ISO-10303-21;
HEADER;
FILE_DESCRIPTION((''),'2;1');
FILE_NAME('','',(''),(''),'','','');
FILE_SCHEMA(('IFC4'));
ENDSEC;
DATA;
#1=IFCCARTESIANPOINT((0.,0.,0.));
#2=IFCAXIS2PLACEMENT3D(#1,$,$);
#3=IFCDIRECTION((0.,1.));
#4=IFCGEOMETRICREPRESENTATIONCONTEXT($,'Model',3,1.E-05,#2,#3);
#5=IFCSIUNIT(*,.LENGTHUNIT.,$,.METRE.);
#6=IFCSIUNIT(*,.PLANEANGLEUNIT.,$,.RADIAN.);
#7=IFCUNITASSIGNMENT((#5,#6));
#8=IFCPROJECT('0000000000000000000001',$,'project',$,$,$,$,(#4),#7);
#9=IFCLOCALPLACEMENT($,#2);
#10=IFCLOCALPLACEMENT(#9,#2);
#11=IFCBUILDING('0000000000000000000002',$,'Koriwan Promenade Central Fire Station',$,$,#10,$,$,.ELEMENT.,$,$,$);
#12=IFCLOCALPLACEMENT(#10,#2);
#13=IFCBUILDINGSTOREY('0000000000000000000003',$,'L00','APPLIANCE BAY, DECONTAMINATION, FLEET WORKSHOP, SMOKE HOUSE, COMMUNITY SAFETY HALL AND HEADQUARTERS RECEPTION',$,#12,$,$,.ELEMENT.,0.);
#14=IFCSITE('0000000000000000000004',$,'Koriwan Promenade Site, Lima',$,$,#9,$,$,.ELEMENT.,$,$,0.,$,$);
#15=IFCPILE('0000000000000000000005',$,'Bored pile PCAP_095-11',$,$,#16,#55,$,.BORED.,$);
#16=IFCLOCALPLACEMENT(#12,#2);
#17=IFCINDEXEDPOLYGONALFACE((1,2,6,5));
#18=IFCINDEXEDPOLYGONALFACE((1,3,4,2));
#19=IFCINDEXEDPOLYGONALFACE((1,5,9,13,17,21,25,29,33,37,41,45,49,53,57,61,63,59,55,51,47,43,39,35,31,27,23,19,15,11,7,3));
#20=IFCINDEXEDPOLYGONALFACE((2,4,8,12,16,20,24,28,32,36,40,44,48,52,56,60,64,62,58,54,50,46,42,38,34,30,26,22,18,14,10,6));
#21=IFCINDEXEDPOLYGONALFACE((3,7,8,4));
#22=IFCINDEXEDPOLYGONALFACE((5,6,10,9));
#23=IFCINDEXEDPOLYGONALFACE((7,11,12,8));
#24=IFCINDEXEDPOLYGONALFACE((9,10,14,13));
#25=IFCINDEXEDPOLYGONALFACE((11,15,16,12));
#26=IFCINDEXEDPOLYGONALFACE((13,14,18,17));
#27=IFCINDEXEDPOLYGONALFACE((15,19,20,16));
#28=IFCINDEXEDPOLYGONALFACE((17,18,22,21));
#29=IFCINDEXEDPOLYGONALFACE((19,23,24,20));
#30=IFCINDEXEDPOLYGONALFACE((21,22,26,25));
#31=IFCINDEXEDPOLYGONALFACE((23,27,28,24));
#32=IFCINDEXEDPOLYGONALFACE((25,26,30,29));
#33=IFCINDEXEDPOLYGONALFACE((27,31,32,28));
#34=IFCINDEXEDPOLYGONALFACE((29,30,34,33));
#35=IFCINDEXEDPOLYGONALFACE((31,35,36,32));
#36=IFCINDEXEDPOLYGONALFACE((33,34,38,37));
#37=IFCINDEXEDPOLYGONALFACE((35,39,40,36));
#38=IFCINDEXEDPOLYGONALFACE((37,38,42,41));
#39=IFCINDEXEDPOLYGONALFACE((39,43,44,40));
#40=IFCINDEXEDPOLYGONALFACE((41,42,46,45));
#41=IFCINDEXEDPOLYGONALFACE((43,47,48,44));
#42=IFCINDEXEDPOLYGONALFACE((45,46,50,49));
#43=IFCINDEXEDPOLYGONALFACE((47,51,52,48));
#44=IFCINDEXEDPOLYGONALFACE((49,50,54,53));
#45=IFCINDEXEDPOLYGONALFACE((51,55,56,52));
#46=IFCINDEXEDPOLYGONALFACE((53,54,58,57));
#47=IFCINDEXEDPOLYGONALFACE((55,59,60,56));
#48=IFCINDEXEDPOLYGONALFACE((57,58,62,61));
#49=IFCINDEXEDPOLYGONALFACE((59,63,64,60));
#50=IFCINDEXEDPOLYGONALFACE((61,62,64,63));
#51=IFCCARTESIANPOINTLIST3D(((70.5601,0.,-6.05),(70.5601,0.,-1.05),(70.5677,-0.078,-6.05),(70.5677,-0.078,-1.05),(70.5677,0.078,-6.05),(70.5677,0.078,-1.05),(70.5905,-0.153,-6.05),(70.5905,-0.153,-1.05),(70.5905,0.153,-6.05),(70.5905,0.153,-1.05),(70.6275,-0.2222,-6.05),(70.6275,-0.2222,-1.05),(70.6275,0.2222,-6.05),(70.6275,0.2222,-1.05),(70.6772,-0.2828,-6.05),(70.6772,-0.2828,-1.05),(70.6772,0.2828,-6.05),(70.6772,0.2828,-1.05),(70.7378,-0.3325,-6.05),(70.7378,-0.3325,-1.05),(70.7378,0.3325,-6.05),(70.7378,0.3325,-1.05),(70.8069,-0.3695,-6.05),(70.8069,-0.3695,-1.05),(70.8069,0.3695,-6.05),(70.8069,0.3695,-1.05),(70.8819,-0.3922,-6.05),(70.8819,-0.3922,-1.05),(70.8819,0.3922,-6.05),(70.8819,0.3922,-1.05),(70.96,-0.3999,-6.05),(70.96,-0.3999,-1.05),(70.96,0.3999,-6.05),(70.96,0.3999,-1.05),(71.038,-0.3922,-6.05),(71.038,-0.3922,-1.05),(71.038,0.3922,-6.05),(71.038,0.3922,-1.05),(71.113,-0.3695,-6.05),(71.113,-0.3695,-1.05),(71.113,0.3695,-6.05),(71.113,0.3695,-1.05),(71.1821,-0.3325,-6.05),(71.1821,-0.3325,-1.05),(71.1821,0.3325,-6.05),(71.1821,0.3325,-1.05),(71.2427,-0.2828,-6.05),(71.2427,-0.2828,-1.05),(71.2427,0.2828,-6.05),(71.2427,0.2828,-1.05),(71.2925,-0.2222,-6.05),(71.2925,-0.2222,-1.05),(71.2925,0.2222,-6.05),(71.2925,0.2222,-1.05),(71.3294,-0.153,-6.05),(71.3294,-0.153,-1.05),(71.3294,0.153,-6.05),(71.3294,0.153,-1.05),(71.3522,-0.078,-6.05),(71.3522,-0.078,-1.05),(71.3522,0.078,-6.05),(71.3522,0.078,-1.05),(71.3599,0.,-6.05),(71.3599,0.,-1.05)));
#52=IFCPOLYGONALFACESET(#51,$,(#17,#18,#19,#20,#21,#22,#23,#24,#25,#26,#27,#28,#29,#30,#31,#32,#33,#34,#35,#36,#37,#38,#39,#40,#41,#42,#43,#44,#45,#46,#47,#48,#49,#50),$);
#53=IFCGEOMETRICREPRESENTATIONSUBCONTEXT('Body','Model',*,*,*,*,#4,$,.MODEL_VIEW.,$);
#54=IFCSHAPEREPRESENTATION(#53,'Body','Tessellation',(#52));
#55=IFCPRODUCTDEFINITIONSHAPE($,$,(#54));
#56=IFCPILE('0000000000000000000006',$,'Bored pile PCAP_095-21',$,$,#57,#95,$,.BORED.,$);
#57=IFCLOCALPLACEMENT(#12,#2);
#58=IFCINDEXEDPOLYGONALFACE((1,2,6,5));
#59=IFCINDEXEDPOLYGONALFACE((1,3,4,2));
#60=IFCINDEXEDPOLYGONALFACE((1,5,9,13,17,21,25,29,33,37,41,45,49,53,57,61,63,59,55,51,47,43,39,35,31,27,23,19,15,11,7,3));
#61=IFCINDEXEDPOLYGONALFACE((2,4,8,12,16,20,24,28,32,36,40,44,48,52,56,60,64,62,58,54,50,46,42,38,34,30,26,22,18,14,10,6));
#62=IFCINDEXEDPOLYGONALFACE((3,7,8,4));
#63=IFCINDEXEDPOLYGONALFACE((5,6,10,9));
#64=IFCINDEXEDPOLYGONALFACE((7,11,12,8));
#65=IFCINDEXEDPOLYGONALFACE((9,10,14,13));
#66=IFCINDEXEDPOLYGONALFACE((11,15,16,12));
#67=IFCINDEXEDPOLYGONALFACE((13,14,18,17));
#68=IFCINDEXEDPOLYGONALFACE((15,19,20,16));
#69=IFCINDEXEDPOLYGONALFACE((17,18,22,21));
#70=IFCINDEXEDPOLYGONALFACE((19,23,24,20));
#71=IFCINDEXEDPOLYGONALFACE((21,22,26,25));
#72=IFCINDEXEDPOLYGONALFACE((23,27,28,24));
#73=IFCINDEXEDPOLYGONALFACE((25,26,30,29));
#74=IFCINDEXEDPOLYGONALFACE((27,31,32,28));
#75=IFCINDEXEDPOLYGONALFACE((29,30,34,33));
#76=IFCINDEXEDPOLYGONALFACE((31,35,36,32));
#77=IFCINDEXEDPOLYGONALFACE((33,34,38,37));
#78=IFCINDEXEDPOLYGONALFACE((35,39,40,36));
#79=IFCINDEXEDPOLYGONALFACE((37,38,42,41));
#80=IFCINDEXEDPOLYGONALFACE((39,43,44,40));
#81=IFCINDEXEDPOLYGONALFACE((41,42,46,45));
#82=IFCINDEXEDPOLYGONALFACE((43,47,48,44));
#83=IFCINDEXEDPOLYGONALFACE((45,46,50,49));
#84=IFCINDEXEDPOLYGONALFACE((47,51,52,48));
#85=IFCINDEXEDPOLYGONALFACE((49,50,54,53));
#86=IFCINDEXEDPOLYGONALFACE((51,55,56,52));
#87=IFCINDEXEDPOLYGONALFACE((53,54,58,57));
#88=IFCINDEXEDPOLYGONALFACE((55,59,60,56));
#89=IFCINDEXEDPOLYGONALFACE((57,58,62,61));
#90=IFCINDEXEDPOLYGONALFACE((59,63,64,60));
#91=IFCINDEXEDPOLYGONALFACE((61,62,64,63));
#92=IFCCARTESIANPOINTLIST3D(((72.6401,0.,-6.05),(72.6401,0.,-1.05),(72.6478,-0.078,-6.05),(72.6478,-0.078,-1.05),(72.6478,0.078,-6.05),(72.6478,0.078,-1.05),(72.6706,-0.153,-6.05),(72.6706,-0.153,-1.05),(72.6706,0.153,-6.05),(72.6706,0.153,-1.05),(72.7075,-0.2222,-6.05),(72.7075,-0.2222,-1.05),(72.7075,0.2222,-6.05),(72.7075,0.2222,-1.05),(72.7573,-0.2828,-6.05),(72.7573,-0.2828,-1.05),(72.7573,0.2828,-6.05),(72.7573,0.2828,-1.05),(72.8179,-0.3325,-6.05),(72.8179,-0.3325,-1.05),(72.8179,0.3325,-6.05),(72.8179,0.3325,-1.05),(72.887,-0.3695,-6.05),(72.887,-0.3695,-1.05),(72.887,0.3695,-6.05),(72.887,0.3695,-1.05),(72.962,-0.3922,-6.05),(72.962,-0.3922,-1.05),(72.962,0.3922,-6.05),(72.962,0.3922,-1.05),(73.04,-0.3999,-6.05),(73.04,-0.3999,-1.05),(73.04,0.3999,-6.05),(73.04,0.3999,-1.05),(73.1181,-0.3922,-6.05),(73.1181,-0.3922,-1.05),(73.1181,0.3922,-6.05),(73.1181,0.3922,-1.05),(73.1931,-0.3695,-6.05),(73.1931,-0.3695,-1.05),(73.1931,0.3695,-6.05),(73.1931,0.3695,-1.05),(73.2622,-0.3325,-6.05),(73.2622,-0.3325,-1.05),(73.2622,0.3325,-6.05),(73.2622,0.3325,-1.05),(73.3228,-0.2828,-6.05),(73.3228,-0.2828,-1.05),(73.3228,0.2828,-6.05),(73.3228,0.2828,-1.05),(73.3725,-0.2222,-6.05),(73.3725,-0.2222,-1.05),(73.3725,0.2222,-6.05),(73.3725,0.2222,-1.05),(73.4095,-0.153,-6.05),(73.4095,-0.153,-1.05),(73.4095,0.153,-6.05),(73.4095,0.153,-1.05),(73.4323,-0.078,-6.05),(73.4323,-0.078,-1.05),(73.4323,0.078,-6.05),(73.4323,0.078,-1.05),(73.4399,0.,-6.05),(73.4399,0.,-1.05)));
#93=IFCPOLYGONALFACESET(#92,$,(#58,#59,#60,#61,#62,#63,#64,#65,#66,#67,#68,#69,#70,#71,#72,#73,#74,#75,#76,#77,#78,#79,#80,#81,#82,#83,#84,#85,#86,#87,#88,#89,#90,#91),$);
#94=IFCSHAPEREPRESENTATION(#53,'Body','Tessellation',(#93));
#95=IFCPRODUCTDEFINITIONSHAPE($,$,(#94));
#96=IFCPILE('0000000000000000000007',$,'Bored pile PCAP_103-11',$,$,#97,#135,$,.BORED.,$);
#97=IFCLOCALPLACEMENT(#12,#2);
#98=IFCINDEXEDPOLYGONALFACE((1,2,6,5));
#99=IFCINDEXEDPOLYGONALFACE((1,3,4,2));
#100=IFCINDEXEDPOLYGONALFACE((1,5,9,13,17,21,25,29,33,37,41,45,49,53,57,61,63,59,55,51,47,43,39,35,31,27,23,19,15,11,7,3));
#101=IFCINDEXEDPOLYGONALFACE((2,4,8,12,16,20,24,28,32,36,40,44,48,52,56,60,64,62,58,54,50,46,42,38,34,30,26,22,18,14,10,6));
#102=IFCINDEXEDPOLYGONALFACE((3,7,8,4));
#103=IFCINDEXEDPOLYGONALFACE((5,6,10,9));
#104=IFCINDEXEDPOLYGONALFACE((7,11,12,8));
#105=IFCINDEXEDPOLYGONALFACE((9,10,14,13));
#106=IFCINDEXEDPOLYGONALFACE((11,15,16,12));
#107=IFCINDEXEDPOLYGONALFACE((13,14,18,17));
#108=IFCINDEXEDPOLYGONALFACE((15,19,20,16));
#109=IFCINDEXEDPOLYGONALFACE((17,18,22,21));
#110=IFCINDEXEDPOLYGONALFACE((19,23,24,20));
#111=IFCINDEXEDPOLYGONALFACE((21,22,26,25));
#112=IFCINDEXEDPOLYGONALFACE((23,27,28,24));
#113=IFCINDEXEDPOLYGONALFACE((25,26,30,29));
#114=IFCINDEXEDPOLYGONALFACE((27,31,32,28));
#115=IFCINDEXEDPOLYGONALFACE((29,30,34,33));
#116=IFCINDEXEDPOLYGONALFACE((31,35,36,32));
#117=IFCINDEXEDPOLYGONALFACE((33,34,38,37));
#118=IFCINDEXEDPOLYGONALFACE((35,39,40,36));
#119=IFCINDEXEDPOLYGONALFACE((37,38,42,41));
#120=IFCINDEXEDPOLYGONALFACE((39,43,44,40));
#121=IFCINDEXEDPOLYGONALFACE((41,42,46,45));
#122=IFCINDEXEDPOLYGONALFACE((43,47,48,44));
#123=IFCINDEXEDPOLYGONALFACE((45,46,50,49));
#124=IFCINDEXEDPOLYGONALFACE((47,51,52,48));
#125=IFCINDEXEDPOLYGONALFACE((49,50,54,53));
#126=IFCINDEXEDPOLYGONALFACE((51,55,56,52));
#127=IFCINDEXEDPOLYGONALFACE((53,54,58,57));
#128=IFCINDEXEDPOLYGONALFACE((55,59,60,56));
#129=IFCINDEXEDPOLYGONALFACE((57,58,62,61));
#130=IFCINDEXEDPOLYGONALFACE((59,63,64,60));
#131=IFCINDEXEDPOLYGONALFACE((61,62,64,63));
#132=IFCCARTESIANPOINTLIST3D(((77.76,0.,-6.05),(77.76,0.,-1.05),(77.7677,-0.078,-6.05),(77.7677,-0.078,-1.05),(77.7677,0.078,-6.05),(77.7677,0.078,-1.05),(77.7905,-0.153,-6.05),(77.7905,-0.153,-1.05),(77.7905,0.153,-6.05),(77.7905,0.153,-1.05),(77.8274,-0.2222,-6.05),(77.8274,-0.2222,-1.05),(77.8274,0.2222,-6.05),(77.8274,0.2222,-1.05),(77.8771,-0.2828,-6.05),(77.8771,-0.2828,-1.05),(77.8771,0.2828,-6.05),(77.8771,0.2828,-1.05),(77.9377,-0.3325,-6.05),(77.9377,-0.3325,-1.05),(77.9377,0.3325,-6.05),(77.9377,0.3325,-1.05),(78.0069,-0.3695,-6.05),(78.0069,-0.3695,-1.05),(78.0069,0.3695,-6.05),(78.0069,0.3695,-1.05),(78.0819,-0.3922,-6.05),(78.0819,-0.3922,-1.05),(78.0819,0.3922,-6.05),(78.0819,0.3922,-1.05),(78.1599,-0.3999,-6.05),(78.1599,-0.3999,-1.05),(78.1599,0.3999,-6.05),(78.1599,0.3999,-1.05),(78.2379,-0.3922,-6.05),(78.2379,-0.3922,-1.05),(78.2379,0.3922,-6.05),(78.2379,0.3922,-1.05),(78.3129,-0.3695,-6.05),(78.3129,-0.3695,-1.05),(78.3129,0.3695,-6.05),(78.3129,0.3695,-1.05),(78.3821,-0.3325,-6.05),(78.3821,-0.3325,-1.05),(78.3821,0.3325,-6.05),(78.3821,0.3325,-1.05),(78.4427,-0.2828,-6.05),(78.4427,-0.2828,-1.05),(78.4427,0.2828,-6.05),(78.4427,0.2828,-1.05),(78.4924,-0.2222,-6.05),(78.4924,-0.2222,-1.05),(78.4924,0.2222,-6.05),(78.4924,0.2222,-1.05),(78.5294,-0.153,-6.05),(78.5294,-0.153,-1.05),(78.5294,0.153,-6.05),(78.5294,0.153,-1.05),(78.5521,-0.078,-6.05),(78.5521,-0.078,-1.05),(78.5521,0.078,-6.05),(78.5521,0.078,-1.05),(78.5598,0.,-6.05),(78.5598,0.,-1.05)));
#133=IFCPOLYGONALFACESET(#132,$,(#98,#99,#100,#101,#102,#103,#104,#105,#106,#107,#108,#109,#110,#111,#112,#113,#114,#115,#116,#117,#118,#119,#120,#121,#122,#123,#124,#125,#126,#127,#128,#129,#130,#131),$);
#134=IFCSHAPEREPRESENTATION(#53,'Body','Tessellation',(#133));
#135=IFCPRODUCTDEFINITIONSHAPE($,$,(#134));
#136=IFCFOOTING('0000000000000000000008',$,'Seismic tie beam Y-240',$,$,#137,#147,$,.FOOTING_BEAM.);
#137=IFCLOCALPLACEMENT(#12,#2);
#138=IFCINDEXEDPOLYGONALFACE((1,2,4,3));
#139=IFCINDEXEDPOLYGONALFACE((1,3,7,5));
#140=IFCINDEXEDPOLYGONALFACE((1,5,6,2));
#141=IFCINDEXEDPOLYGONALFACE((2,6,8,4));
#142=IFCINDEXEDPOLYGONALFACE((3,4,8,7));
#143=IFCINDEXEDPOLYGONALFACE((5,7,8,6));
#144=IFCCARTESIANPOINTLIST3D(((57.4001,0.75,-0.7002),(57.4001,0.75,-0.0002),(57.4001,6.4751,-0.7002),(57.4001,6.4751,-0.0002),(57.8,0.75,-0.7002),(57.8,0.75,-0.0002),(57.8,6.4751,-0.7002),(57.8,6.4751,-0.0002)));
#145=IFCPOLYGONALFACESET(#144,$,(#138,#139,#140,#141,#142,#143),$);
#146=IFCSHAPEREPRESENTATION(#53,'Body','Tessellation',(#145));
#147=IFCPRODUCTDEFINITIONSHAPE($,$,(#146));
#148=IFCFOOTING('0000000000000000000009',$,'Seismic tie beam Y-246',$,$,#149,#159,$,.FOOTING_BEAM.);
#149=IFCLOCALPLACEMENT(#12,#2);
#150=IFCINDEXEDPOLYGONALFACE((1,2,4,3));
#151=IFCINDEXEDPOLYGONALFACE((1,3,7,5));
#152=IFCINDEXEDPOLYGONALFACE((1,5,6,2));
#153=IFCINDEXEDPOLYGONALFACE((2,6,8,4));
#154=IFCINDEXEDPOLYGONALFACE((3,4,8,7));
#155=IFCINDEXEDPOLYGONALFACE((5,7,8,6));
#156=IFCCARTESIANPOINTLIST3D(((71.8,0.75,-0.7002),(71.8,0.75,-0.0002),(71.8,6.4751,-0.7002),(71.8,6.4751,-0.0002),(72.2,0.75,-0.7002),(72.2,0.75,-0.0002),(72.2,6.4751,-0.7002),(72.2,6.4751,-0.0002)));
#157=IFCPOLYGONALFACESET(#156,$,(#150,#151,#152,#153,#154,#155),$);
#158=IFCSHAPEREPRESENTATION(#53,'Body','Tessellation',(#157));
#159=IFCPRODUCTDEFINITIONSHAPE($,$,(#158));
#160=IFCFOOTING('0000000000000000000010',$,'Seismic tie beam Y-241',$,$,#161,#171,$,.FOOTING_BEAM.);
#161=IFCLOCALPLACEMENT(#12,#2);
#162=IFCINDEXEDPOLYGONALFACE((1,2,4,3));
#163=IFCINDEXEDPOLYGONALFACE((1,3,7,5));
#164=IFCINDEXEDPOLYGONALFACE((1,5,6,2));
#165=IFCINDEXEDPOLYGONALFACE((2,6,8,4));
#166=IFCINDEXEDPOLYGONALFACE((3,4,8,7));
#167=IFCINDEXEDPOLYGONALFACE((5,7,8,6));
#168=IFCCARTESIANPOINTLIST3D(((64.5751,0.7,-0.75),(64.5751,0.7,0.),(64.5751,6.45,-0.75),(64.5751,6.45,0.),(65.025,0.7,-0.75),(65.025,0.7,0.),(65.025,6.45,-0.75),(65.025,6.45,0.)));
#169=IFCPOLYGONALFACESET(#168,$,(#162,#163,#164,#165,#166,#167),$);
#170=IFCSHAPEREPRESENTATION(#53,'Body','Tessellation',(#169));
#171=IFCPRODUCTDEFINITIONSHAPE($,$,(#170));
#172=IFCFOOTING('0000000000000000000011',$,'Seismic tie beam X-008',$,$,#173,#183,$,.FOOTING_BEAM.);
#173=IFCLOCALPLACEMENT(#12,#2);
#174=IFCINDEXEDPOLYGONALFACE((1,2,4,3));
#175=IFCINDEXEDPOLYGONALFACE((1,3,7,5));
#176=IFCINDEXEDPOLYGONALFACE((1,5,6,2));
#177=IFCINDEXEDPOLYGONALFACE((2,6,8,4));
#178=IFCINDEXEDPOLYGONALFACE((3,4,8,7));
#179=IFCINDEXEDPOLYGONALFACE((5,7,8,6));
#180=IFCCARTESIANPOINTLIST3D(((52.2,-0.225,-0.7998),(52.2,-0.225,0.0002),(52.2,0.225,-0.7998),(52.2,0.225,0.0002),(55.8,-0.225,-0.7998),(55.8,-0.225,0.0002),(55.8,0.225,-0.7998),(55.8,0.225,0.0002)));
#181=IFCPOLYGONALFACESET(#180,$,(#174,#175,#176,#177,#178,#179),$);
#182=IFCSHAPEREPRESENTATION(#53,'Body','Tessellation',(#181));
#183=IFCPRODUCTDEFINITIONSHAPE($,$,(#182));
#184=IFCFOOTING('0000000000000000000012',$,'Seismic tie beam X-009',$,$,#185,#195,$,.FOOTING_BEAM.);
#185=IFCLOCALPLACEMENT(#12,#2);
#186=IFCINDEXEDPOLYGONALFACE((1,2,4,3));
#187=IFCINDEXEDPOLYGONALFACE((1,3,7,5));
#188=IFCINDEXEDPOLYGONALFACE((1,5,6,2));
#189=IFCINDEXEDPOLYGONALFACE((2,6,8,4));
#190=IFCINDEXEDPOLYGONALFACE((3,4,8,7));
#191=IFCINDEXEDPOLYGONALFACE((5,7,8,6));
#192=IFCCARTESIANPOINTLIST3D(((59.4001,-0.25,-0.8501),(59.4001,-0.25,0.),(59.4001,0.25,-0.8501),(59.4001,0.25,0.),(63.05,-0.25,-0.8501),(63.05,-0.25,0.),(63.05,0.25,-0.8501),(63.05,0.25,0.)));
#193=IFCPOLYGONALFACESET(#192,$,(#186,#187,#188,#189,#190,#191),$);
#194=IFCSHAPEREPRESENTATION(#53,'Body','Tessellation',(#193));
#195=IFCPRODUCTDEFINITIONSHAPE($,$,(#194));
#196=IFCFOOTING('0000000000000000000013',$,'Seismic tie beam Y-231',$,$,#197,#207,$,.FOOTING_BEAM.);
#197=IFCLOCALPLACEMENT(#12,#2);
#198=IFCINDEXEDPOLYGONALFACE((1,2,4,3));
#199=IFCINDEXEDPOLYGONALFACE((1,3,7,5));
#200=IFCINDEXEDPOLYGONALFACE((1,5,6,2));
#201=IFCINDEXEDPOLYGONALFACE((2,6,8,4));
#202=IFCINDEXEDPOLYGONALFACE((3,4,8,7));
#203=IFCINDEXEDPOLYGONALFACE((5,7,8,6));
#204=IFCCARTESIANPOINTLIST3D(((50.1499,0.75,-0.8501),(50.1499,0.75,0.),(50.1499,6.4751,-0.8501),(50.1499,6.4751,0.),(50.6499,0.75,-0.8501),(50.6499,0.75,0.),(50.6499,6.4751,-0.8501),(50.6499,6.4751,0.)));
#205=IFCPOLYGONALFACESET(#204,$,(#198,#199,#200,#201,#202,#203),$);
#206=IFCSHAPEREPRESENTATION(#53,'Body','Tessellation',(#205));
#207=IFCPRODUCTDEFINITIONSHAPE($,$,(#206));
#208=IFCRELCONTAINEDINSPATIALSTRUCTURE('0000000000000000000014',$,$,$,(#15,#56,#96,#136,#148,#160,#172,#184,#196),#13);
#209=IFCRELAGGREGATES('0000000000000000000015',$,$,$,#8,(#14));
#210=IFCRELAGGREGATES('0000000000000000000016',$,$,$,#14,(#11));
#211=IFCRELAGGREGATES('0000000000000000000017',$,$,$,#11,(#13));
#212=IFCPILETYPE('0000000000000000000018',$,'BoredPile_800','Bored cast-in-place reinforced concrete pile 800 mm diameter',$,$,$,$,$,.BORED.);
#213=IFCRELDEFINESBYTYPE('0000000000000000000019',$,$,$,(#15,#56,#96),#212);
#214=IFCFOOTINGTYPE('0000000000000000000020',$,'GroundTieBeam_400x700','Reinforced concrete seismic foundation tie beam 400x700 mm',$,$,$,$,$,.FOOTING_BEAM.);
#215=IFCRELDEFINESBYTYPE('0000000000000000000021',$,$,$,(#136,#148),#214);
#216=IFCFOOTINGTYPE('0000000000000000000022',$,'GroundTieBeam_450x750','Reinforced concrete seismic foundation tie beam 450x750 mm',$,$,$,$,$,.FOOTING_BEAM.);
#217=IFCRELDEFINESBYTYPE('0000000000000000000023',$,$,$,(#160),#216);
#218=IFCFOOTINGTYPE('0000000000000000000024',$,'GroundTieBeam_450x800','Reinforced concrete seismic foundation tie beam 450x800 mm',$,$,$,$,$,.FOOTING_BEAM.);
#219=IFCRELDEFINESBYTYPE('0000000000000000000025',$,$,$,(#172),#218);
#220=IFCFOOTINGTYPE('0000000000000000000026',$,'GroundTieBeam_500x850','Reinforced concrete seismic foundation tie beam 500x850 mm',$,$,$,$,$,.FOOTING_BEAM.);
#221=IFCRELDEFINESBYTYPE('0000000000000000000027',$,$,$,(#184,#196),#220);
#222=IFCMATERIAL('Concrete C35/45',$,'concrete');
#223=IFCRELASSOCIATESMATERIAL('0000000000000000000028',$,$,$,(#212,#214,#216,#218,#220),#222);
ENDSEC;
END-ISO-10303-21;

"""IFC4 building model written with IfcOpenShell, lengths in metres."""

from ifc_helpers import new_model, si_unit, direction, frame, origin, origin_2d, place, context, subcontext, project, spatial, rectangle, circle, extrude, material, material_profile, profile_set, type_object, element, save


model = new_model("IFC4")

# Units and contexts
model_context = context("Model", 3, precision=1e-05, world=origin(), true_north=direction((0.0, 1.0)))
body_context = subcontext(model_context, "Body", "Model", "MODEL_VIEW")
ifc_project = project(units=[si_unit("LENGTHUNIT", "METRE"), si_unit("PLANEANGLEUNIT", "RADIAN")], contexts=[model_context])

# Site, building, storey
site_placement = place(None, origin())
site = spatial("IfcSite", under=ifc_project, at=site_placement, Name="Koriwan Promenade Site, Lima", CompositionType="ELEMENT", RefElevation=0.0)
building_placement = place(site_placement, origin())
building = spatial("IfcBuilding", under=site, at=building_placement, Name="Koriwan Promenade Central Fire Station", CompositionType="ELEMENT")
storey_placement = place(building_placement, origin())
storey = spatial("IfcBuildingStorey", under=building, at=storey_placement, Name="L00", Description="APPLIANCE BAY, DECONTAMINATION, FLEET WORKSHOP, SMOKE HOUSE, COMMUNITY SAFETY HALL AND HEADQUARTERS RECEPTION", CompositionType="ELEMENT", Elevation=0.0)

# Piles
ifc_material_1 = material(Name="Concrete C35/45", Category="concrete")
ifc_material_profile_1 = material_profile(ifc_material_1, circle(Radius=0.3999, at=origin_2d()), Name="PILE-D800")
ifc_profile_set_1 = profile_set([ifc_material_profile_1], Name="Concrete C35/45")
pile_type = type_object("IfcPileType", Name="BoredPile_800", Description="Bored cast-in-place reinforced concrete pile 800 mm diameter", PredefinedType="BORED", material=ifc_profile_set_1)
for number, where, z_axis, x_axis, name in (
    (1, (70.96, 0.0, -1.05), (0.0, 0.0, -1.0), (1.0, 0.0, 0.0), "Bored pile PCAP_095-11"),
    (2, (73.04, 0.0, -1.05), (0.0, 0.0, -1.0), (1.0, 0.0, 0.0), "Bored pile PCAP_095-21"),
    (3, (78.1599, 0.0, -1.05), (0.0, 0.0, -1.0), (1.0, 0.0, 0.0), "Bored pile PCAP_103-11"),
):
    element("IfcPile", number, at=place(storey_placement, frame(where, z_axis=z_axis, x_axis=x_axis)), inside=storey, type_object=pile_type, Name=name, PredefinedType="BORED", context=body_context, shape_type="SweptSolid", body=[
        extrude(circle(Radius=0.3999, at=origin_2d()), origin(), (0.0, 0.0, 1.0), 5.0),
    ])

# Footings
footing_type_1 = type_object("IfcFootingType", Name="GroundTieBeam_400x700", Description="Reinforced concrete seismic foundation tie beam 400x700 mm", PredefinedType="FOOTING_BEAM", material=ifc_material_1)
for number, where, z_axis, x_axis, name in (
    (4, (57.6001, 3.6125, -0.7002), (0.0, 0.0, 1.0), (0.0, 1.0, 0.0), "Seismic tie beam Y-240"),
    (5, (72.0, 3.6125, -0.7002), (0.0, 0.0, 1.0), (0.0, 1.0, 0.0), "Seismic tie beam Y-246"),
):
    element("IfcFooting", number, at=place(storey_placement, frame(where, z_axis=z_axis, x_axis=x_axis)), inside=storey, type_object=footing_type_1, Name=name, PredefinedType="FOOTING_BEAM", context=body_context, shape_type="SweptSolid", body=[
        extrude(rectangle(XDim=5.7251, YDim=0.3999, at=origin_2d()), origin(), (0.0, 0.0, 1.0), 0.7),
    ])
footing_type_2 = type_object("IfcFootingType", Name="GroundTieBeam_450x750", Description="Reinforced concrete seismic foundation tie beam 450x750 mm", PredefinedType="FOOTING_BEAM", material=ifc_material_1)
footing_1_placement = place(storey_placement, frame((64.8, 3.575, -0.75), z_axis=(0.0, 0.0, 1.0), x_axis=(0.0, 1.0, 0.0)))
element("IfcFooting", 6, at=footing_1_placement, inside=storey, type_object=footing_type_2, Name="Seismic tie beam Y-241", PredefinedType="FOOTING_BEAM", context=body_context, shape_type="SweptSolid", body=[
    extrude(rectangle(XDim=5.75, YDim=0.45, at=origin_2d()), origin(), (0.0, 0.0, 1.0), 0.75),
])
footing_type_3 = type_object("IfcFootingType", Name="GroundTieBeam_450x800", Description="Reinforced concrete seismic foundation tie beam 450x800 mm", PredefinedType="FOOTING_BEAM", material=ifc_material_1)
footing_2_placement = place(storey_placement, frame((54.0, 0.0, -0.7998), z_axis=(0.0, 0.0, 1.0), x_axis=(1.0, 0.0, 0.0)))
element("IfcFooting", 7, at=footing_2_placement, inside=storey, type_object=footing_type_3, Name="Seismic tie beam X-008", PredefinedType="FOOTING_BEAM", context=body_context, shape_type="SweptSolid", body=[
    extrude(rectangle(XDim=3.6001, YDim=0.45, at=origin_2d()), origin(), (0.0, 0.0, 1.0), 0.8),
])
footing_type_4 = type_object("IfcFootingType", Name="GroundTieBeam_500x850", Description="Reinforced concrete seismic foundation tie beam 500x850 mm", PredefinedType="FOOTING_BEAM", material=ifc_material_1)
footing_3_placement = place(storey_placement, frame((61.2251, 0.0, -0.8501), z_axis=(0.0, 0.0, 1.0), x_axis=(1.0, 0.0, 0.0)))
element("IfcFooting", 8, at=footing_3_placement, inside=storey, type_object=footing_type_4, Name="Seismic tie beam X-009", PredefinedType="FOOTING_BEAM", context=body_context, shape_type="SweptSolid", body=[
    extrude(rectangle(XDim=3.6499, YDim=0.5, at=origin_2d()), origin(), (0.0, 0.0, 1.0), 0.8501),
])
footing_4_placement = place(storey_placement, frame((50.3999, 3.6125, -0.8501), z_axis=(0.0, 0.0, 1.0), x_axis=(0.0, 1.0, 0.0)))
element("IfcFooting", 9, at=footing_4_placement, inside=storey, type_object=footing_type_4, Name="Seismic tie beam Y-231", PredefinedType="FOOTING_BEAM", context=body_context, shape_type="SweptSolid", body=[
    extrude(rectangle(XDim=5.7251, YDim=0.5, at=origin_2d()), origin(), (0.0, 0.0, 1.0), 0.8501),
])

save(model, "model.ifc")
